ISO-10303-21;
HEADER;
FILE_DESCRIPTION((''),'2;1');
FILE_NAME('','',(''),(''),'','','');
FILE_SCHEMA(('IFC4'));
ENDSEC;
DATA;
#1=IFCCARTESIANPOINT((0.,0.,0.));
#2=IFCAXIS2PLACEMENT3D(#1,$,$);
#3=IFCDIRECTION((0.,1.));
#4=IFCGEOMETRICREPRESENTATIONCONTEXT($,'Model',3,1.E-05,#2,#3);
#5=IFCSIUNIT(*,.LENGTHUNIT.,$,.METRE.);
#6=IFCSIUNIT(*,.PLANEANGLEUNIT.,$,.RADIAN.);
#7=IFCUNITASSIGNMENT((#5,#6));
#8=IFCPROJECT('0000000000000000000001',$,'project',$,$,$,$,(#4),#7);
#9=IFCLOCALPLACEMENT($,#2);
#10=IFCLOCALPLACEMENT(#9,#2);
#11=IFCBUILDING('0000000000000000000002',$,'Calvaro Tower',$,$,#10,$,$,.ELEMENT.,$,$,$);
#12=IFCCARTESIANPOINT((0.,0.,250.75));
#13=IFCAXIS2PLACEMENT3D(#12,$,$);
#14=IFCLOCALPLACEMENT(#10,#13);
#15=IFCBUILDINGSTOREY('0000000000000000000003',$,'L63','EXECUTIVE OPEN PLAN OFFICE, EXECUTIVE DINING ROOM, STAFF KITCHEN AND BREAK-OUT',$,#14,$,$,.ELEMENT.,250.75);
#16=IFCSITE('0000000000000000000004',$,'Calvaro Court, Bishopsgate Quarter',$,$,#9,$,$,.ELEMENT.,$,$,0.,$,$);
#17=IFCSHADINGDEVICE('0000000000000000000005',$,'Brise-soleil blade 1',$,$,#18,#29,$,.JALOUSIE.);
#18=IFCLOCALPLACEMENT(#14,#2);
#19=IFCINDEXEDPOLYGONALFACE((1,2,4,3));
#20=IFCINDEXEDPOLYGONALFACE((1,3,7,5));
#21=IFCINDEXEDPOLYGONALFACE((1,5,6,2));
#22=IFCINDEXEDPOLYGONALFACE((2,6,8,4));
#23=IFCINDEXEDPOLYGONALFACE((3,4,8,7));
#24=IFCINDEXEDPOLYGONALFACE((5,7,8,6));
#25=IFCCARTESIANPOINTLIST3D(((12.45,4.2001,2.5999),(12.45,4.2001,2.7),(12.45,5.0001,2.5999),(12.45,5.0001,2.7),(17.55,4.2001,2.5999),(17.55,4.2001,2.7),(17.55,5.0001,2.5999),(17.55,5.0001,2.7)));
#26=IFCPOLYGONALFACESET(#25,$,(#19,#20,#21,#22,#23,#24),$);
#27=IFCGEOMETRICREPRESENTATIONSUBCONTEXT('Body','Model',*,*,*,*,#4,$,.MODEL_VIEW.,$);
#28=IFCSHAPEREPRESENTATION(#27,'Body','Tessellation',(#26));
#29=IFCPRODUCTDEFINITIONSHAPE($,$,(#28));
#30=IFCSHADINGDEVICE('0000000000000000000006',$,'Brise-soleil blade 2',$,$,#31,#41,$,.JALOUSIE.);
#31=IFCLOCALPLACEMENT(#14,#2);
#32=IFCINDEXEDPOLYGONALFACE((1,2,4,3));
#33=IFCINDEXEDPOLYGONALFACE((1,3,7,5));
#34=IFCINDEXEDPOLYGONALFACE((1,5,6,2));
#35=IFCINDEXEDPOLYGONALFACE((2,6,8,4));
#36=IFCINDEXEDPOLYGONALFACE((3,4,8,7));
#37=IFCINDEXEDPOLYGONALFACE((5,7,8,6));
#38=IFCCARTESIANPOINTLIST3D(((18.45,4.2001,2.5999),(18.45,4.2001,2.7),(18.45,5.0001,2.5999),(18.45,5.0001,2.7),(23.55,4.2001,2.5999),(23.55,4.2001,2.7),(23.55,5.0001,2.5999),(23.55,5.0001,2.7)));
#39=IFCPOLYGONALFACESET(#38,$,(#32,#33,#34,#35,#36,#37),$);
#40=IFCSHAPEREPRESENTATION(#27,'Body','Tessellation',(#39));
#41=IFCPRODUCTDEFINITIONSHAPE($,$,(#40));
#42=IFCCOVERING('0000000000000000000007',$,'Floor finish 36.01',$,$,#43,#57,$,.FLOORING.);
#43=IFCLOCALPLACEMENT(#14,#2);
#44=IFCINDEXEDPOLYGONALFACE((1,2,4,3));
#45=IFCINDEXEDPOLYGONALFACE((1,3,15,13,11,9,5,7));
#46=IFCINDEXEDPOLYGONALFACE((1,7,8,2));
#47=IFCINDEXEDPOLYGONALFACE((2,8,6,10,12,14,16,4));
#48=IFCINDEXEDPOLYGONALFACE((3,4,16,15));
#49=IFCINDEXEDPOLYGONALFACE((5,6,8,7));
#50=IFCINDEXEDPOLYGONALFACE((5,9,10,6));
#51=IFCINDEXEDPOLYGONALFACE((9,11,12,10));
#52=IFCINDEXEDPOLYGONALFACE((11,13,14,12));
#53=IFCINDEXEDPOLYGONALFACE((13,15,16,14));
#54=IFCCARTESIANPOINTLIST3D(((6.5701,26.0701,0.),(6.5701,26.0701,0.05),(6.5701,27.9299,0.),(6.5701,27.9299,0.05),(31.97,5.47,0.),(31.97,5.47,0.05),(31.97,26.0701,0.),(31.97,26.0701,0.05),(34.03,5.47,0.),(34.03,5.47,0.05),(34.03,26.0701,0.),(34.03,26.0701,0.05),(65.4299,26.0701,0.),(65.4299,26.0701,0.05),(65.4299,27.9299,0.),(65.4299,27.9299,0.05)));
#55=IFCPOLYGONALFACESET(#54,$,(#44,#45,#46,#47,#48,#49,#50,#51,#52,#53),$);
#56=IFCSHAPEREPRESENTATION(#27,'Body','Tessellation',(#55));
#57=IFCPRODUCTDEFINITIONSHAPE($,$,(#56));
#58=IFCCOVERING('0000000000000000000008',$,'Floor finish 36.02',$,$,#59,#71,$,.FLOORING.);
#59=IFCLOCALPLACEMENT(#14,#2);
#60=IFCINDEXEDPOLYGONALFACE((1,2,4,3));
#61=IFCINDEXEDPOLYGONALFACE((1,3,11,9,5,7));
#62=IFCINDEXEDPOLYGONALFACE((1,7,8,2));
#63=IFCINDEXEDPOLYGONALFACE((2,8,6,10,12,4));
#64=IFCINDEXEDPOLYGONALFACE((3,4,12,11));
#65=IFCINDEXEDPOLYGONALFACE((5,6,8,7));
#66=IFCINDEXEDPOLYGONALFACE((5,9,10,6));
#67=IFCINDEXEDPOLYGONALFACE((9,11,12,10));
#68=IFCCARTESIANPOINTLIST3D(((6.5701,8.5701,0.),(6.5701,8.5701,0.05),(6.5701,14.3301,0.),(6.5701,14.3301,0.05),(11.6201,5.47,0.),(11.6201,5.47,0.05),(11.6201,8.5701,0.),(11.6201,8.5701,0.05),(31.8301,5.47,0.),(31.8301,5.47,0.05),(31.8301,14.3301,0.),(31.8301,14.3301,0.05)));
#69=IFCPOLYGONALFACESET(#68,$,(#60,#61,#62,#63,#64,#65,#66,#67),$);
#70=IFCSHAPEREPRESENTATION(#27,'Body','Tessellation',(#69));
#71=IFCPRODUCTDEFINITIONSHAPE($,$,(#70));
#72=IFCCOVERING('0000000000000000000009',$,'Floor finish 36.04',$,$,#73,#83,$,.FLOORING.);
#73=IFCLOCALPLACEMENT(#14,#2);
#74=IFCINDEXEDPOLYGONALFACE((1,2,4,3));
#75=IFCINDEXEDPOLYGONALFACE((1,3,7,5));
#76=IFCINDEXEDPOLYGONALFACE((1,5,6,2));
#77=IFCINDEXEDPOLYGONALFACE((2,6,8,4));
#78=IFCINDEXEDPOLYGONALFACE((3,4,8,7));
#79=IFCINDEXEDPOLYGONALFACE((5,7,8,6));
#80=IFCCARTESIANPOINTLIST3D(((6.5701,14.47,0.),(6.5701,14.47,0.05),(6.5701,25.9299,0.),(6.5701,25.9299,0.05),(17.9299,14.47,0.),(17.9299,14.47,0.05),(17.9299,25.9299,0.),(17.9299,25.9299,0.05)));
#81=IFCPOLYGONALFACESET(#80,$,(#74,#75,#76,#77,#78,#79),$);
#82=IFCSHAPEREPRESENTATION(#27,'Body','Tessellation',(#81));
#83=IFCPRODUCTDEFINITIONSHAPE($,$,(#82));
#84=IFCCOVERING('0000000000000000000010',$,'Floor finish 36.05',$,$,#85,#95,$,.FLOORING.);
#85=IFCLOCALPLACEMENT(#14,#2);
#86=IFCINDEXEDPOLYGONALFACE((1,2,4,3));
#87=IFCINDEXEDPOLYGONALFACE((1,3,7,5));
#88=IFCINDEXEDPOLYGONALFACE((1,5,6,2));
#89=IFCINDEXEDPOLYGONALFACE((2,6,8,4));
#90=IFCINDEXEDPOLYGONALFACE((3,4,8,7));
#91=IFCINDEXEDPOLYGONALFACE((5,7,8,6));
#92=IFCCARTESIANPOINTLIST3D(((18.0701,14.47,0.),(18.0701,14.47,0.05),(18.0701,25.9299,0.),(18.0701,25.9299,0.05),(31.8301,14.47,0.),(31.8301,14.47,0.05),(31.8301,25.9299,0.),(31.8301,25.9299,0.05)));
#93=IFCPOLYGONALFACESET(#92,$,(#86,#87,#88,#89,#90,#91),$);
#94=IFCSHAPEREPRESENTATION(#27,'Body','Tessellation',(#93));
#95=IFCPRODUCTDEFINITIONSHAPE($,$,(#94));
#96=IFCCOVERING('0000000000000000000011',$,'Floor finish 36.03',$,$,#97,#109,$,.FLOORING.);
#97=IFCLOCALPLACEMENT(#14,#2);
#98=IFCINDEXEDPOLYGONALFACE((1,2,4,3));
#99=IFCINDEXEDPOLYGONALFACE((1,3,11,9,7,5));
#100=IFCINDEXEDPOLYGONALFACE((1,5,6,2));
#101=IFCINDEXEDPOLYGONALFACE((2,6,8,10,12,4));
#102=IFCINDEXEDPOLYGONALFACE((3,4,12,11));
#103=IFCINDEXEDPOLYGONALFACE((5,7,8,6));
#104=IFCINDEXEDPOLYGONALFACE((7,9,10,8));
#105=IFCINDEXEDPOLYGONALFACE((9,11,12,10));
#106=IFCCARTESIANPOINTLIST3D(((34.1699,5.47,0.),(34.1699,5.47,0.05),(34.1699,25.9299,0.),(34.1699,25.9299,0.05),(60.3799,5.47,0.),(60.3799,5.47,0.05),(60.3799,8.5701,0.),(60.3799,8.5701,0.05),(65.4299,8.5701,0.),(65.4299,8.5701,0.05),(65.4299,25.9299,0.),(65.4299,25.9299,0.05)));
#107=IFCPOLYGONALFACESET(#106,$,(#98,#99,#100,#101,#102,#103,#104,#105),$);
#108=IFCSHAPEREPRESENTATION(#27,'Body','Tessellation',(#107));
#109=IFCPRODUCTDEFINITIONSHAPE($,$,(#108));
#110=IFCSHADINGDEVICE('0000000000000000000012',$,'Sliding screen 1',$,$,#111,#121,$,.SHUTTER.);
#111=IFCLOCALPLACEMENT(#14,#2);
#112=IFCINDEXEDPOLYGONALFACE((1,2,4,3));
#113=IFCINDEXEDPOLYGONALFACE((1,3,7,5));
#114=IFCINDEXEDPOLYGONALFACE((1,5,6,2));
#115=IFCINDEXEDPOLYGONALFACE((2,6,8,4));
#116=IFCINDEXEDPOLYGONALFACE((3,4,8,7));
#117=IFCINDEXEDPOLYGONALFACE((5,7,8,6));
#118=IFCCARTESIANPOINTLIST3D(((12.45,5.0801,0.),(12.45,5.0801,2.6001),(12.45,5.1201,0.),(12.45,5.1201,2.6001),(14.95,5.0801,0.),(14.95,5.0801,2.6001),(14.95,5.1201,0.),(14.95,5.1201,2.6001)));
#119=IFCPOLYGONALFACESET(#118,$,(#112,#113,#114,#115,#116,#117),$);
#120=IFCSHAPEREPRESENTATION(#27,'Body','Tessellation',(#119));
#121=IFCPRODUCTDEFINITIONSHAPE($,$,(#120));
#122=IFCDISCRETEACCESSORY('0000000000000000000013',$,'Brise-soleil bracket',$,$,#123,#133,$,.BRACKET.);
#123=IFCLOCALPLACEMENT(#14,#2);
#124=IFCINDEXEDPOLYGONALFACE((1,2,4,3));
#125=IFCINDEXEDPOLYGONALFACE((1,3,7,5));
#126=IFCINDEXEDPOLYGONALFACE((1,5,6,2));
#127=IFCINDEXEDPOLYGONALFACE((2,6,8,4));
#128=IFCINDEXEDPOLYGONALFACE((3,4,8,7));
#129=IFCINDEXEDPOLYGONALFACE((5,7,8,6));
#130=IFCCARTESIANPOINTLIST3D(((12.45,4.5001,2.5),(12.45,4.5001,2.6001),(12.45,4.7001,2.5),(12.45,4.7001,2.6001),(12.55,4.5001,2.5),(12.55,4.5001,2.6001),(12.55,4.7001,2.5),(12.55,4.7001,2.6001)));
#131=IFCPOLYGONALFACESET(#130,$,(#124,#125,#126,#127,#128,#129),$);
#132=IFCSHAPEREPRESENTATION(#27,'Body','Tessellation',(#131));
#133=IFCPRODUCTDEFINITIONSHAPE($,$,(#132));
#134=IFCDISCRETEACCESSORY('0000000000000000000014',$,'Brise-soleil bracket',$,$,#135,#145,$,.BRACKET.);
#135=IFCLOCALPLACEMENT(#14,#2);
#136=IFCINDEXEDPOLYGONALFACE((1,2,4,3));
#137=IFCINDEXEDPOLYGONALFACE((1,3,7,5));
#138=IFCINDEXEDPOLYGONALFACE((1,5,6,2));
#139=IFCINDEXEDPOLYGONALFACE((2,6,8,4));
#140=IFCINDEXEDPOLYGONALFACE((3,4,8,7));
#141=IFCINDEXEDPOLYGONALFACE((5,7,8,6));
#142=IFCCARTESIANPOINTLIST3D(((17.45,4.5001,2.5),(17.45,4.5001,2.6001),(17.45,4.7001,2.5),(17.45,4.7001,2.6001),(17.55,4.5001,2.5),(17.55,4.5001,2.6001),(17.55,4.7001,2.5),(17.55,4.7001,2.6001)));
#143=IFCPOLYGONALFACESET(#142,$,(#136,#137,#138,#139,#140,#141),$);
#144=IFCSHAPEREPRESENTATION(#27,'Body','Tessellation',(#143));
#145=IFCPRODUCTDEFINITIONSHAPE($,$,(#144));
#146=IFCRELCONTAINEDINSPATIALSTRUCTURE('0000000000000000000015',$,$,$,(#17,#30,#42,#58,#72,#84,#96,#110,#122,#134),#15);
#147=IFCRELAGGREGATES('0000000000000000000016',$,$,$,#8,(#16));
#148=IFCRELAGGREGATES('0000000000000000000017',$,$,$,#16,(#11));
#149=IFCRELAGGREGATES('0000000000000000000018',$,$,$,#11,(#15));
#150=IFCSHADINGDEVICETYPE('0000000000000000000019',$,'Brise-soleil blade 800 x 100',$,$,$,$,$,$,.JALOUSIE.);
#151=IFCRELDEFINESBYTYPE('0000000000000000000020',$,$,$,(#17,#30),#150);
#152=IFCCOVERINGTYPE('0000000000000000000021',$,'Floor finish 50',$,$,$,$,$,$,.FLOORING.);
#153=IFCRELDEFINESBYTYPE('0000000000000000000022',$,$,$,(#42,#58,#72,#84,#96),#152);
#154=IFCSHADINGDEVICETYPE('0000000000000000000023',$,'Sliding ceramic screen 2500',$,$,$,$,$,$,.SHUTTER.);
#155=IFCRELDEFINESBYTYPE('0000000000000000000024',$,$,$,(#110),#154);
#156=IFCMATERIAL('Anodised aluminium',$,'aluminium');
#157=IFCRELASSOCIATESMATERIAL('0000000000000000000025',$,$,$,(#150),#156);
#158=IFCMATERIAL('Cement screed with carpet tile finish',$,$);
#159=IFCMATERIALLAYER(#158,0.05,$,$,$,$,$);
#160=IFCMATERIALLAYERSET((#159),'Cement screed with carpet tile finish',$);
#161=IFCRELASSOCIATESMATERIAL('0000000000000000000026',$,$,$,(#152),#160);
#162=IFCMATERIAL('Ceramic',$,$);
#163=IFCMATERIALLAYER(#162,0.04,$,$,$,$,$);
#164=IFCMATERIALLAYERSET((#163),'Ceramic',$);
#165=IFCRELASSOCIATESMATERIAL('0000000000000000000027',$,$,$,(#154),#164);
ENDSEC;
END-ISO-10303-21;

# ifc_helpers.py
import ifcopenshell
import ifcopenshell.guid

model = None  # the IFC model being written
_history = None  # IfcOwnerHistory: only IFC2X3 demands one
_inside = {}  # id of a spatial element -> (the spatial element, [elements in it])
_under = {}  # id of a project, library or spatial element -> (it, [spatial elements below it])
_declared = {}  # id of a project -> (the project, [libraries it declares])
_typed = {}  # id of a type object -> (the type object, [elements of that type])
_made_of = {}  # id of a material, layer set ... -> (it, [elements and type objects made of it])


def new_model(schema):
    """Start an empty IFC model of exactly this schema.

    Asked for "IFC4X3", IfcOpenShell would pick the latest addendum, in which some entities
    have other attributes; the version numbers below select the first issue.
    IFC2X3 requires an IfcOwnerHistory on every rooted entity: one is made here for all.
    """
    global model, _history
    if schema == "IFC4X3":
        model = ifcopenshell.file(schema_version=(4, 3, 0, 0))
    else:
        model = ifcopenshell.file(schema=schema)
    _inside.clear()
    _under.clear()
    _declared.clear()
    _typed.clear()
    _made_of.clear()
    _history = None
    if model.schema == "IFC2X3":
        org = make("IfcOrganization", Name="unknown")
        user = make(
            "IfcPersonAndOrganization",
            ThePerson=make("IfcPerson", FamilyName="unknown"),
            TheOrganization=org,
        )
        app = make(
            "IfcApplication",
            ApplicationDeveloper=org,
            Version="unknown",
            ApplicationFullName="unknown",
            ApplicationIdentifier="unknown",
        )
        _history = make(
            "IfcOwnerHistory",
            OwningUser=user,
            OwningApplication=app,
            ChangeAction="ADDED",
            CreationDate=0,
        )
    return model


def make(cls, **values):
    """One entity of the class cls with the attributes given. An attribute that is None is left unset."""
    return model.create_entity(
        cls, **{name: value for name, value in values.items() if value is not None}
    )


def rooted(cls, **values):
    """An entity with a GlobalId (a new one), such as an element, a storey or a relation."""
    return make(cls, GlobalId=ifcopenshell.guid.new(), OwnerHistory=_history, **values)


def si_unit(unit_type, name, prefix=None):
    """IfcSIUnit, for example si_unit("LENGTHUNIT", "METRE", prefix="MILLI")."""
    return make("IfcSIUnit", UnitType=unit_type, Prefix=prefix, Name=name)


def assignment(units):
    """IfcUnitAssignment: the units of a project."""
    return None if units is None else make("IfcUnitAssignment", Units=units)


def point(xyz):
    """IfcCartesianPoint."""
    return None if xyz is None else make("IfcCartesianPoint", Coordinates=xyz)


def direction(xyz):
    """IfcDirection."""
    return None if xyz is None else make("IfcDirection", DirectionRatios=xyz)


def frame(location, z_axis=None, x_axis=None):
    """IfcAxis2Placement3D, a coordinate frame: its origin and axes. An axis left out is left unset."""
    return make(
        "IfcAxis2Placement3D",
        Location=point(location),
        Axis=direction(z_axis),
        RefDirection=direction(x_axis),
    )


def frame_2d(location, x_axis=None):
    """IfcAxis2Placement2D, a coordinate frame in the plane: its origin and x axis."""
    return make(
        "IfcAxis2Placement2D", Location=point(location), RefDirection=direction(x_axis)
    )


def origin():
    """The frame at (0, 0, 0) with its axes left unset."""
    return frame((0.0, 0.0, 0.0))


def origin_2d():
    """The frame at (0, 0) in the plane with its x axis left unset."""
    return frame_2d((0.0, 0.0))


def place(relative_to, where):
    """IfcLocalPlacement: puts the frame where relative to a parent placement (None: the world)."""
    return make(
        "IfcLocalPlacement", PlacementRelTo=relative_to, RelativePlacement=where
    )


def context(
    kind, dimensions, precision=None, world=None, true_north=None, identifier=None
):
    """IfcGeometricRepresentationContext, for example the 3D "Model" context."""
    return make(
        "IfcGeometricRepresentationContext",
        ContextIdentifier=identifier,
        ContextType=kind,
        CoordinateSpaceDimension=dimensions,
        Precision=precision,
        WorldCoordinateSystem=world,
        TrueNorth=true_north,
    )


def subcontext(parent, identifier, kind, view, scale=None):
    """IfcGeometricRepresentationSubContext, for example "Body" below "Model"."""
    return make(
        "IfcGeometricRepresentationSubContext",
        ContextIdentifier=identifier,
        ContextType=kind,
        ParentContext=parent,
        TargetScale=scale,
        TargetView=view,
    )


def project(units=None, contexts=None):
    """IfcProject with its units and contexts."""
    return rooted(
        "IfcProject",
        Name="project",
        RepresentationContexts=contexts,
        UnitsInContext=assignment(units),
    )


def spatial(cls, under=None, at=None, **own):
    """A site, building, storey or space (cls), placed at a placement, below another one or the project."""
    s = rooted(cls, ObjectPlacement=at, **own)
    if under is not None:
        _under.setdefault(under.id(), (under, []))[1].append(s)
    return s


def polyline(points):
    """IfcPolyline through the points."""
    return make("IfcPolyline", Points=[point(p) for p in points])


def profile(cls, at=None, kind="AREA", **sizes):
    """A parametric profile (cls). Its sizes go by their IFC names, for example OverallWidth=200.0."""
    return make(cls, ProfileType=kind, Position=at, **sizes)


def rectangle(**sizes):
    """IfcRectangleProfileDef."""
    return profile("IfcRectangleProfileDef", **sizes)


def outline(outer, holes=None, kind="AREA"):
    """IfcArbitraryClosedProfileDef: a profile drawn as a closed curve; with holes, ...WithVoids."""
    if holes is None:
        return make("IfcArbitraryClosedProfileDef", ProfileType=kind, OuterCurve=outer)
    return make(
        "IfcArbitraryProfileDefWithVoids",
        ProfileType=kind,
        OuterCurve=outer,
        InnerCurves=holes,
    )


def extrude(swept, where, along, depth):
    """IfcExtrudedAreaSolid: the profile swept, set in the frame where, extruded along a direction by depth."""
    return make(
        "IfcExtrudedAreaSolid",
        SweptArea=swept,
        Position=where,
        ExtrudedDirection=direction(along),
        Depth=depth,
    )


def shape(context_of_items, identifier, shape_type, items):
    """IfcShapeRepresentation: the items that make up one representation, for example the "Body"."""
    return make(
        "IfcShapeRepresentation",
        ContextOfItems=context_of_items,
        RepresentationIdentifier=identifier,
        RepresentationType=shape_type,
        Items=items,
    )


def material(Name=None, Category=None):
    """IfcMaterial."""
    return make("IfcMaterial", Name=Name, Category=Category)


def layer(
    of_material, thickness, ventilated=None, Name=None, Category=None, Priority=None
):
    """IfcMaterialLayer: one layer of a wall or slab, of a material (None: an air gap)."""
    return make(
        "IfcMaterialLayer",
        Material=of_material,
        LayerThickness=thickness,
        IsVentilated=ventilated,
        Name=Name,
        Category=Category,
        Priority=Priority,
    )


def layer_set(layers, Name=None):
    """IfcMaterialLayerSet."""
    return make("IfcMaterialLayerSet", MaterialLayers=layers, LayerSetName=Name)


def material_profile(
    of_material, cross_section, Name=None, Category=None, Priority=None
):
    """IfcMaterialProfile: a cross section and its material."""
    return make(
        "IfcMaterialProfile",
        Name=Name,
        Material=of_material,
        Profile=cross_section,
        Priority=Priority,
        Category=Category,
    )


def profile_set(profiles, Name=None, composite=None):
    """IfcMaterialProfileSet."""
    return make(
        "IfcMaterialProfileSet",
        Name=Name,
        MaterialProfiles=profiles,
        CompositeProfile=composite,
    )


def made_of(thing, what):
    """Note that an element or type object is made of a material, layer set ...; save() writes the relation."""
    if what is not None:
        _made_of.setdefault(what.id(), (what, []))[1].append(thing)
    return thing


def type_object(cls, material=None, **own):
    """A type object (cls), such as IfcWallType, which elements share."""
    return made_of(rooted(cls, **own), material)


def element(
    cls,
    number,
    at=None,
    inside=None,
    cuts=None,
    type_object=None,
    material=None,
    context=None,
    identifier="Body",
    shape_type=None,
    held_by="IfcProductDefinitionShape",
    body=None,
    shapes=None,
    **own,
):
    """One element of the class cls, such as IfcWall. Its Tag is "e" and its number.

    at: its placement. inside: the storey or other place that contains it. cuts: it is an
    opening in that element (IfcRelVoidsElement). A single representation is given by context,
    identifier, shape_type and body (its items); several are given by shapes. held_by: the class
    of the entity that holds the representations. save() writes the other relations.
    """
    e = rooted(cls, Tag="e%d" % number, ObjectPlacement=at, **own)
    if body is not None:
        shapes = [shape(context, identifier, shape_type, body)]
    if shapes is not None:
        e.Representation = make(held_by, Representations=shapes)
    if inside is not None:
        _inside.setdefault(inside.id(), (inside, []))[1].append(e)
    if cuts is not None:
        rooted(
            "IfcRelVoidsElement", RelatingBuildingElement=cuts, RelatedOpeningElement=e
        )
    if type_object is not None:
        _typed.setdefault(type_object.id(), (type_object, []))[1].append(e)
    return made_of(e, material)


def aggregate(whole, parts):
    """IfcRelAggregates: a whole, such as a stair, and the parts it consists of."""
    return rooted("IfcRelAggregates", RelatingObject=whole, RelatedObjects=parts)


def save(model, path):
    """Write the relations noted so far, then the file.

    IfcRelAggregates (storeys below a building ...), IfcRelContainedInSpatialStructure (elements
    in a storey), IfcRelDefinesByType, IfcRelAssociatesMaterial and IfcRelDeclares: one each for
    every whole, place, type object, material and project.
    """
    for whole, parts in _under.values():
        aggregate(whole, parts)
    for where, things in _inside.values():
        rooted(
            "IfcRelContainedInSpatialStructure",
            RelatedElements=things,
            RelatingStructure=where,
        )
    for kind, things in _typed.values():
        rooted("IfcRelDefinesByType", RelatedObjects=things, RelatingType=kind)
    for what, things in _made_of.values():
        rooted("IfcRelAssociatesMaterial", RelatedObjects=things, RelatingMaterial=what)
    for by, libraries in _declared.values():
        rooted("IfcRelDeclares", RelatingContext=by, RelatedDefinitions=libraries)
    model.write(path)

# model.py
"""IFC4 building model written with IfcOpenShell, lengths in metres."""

from ifc_helpers import new_model, si_unit, direction, frame, origin, origin_2d, place, context, subcontext, project, spatial, polyline, rectangle, outline, extrude, material, layer, layer_set, material_profile, profile_set, type_object, element, save


model = new_model("IFC4")

# Units and contexts
model_context = context("Model", 3, precision=1e-05, world=origin(), true_north=direction((0.0, 1.0)))
body_context = subcontext(model_context, "Body", "Model", "MODEL_VIEW")
ifc_project = project(units=[si_unit("LENGTHUNIT", "METRE"), si_unit("PLANEANGLEUNIT", "RADIAN")], contexts=[model_context])

# Site, building, storey
site_placement = place(None, origin())
site = spatial("IfcSite", under=ifc_project, at=site_placement, Name="Calvaro Court, Bishopsgate Quarter", CompositionType="ELEMENT", RefElevation=0.0)
building_placement = place(site_placement, origin())
building = spatial("IfcBuilding", under=site, at=building_placement, Name="Calvaro Tower", CompositionType="ELEMENT")
storey_placement = place(building_placement, frame((0.0, 0.0, 250.75)))
storey = spatial("IfcBuildingStorey", under=building, at=storey_placement, Name="L63", Description="EXECUTIVE OPEN PLAN OFFICE, EXECUTIVE DINING ROOM, STAFF KITCHEN AND BREAK-OUT", CompositionType="ELEMENT", Elevation=250.75)

# Shading devices
ifc_material_1 = material(Name="Anodised aluminium", Category="aluminium")
ifc_material_profile_1 = material_profile(ifc_material_1, rectangle(XDim=0.8, YDim=0.1001, at=origin_2d()), Name="Brise-soleil blade 800 x 100")
ifc_profile_set_1 = profile_set([ifc_material_profile_1], Name="Anodised aluminium")
shading_device_type_1 = type_object("IfcShadingDeviceType", Name="Brise-soleil blade 800 x 100", PredefinedType="JALOUSIE", material=ifc_profile_set_1)
for number, where, z_axis, x_axis, name in (
    (1, (12.45, 4.6001, 2.6499), (1.0, 0.0, 0.0), (0.0, 1.0, 0.0), "Brise-soleil blade 1"),
    (2, (18.45, 4.6001, 2.6499), (1.0, 0.0, 0.0), (0.0, 1.0, 0.0), "Brise-soleil blade 2"),
):
    element("IfcShadingDevice", number, at=place(storey_placement, frame(where, z_axis=z_axis, x_axis=x_axis)), inside=storey, type_object=shading_device_type_1, Name=name, PredefinedType="JALOUSIE", context=body_context, shape_type="SweptSolid", body=[
        extrude(rectangle(XDim=0.8, YDim=0.1001, at=origin_2d()), origin(), (0.0, 0.0, 1.0), 5.1001),
    ])

# Coverings
ifc_material_2 = material(Name="Cement screed with carpet tile finish")
ifc_layer_1 = layer(ifc_material_2, 0.05)
ifc_layer_set_1 = layer_set([ifc_layer_1], Name="Cement screed with carpet tile finish")
covering_type = type_object("IfcCoveringType", Name="Floor finish 50", PredefinedType="FLOORING", material=ifc_layer_set_1)
covering_1_placement = place(storey_placement, origin())
element("IfcCovering", 3, at=covering_1_placement, inside=storey, type_object=covering_type, Name="Floor finish 36.01", PredefinedType="FLOORING", context=body_context, shape_type="SweptSolid", body=[
    extrude(outline(polyline([(31.97, 5.47), (31.97, 26.0701), (6.5701, 26.0701), (6.5701, 27.9299), (65.4299, 27.9299), (65.4299, 26.0701), (34.03, 26.0701), (34.03, 5.47), (31.97, 5.47)])), origin(), (0.0, 0.0, 1.0), 0.05),
])
covering_2_placement = place(storey_placement, origin())
element("IfcCovering", 4, at=covering_2_placement, inside=storey, type_object=covering_type, Name="Floor finish 36.02", PredefinedType="FLOORING", context=body_context, shape_type="SweptSolid", body=[
    extrude(outline(polyline([(31.8301, 14.3301), (31.8301, 5.47), (11.6201, 5.47), (11.6201, 8.5701), (6.5701, 8.5701), (6.5701, 14.3301), (31.8301, 14.3301)])), origin(), (0.0, 0.0, 1.0), 0.05),
])
covering_3_placement = place(storey_placement, origin())
element("IfcCovering", 5, at=covering_3_placement, inside=storey, type_object=covering_type, Name="Floor finish 36.04", PredefinedType="FLOORING", context=body_context, shape_type="SweptSolid", body=[
    extrude(outline(polyline([(17.9299, 25.9299), (17.9299, 14.47), (6.5701, 14.47), (6.5701, 25.9299), (17.9299, 25.9299)])), origin(), (0.0, 0.0, 1.0), 0.05),
])
covering_4_placement = place(storey_placement, origin())
element("IfcCovering", 6, at=covering_4_placement, inside=storey, type_object=covering_type, Name="Floor finish 36.05", PredefinedType="FLOORING", context=body_context, shape_type="SweptSolid", body=[
    extrude(outline(polyline([(18.0701, 14.47), (18.0701, 25.9299), (31.8301, 25.9299), (31.8301, 14.47), (18.0701, 14.47)])), origin(), (0.0, 0.0, 1.0), 0.05),
])
covering_5_placement = place(storey_placement, origin())
element("IfcCovering", 7, at=covering_5_placement, inside=storey, type_object=covering_type, Name="Floor finish 36.03", PredefinedType="FLOORING", context=body_context, shape_type="SweptSolid", body=[
    extrude(outline(polyline([(65.4299, 8.5701), (60.3799, 8.5701), (60.3799, 5.47), (34.1699, 5.47), (34.1699, 25.9299), (65.4299, 25.9299), (65.4299, 8.5701)])), origin(), (0.0, 0.0, 1.0), 0.05),
])

# Shading device
ifc_material_3 = material(Name="Ceramic")
ifc_layer_2 = layer(ifc_material_3, 0.04)
ifc_layer_set_2 = layer_set([ifc_layer_2], Name="Ceramic")
shading_device_type_2 = type_object("IfcShadingDeviceType", Name="Sliding ceramic screen 2500", PredefinedType="SHUTTER", material=ifc_layer_set_2)
shading_device_placement = place(storey_placement, frame((13.7, 5.1001, 0.0), z_axis=(0.0, 0.0, 1.0), x_axis=(1.0, 0.0, 0.0)))
element("IfcShadingDevice", 8, at=shading_device_placement, inside=storey, type_object=shading_device_type_2, Name="Sliding screen 1", PredefinedType="SHUTTER", context=body_context, shape_type="SweptSolid", body=[
    extrude(rectangle(XDim=2.5, YDim=0.04, at=origin_2d()), origin(), (0.0, 0.0, 1.0), 2.6001),
])

# Discrete accessories
for number, where, z_axis, x_axis, name in (
    (9, (12.5, 4.6001, 2.5), (0.0, 0.0, 1.0), (1.0, 0.0, 0.0), "Brise-soleil bracket"),
    (10, (17.5, 4.6001, 2.5), (0.0, 0.0, 1.0), (1.0, 0.0, 0.0), "Brise-soleil bracket"),
):
    element("IfcDiscreteAccessory", number, at=place(storey_placement, frame(where, z_axis=z_axis, x_axis=x_axis)), inside=storey, Name=name, PredefinedType="BRACKET", context=body_context, shape_type="SweptSolid", body=[
        extrude(rectangle(XDim=0.1001, YDim=0.2, at=origin_2d()), origin(), (0.0, 0.0, 1.0), 0.1001),
    ])

save(model, "model.ifc")
